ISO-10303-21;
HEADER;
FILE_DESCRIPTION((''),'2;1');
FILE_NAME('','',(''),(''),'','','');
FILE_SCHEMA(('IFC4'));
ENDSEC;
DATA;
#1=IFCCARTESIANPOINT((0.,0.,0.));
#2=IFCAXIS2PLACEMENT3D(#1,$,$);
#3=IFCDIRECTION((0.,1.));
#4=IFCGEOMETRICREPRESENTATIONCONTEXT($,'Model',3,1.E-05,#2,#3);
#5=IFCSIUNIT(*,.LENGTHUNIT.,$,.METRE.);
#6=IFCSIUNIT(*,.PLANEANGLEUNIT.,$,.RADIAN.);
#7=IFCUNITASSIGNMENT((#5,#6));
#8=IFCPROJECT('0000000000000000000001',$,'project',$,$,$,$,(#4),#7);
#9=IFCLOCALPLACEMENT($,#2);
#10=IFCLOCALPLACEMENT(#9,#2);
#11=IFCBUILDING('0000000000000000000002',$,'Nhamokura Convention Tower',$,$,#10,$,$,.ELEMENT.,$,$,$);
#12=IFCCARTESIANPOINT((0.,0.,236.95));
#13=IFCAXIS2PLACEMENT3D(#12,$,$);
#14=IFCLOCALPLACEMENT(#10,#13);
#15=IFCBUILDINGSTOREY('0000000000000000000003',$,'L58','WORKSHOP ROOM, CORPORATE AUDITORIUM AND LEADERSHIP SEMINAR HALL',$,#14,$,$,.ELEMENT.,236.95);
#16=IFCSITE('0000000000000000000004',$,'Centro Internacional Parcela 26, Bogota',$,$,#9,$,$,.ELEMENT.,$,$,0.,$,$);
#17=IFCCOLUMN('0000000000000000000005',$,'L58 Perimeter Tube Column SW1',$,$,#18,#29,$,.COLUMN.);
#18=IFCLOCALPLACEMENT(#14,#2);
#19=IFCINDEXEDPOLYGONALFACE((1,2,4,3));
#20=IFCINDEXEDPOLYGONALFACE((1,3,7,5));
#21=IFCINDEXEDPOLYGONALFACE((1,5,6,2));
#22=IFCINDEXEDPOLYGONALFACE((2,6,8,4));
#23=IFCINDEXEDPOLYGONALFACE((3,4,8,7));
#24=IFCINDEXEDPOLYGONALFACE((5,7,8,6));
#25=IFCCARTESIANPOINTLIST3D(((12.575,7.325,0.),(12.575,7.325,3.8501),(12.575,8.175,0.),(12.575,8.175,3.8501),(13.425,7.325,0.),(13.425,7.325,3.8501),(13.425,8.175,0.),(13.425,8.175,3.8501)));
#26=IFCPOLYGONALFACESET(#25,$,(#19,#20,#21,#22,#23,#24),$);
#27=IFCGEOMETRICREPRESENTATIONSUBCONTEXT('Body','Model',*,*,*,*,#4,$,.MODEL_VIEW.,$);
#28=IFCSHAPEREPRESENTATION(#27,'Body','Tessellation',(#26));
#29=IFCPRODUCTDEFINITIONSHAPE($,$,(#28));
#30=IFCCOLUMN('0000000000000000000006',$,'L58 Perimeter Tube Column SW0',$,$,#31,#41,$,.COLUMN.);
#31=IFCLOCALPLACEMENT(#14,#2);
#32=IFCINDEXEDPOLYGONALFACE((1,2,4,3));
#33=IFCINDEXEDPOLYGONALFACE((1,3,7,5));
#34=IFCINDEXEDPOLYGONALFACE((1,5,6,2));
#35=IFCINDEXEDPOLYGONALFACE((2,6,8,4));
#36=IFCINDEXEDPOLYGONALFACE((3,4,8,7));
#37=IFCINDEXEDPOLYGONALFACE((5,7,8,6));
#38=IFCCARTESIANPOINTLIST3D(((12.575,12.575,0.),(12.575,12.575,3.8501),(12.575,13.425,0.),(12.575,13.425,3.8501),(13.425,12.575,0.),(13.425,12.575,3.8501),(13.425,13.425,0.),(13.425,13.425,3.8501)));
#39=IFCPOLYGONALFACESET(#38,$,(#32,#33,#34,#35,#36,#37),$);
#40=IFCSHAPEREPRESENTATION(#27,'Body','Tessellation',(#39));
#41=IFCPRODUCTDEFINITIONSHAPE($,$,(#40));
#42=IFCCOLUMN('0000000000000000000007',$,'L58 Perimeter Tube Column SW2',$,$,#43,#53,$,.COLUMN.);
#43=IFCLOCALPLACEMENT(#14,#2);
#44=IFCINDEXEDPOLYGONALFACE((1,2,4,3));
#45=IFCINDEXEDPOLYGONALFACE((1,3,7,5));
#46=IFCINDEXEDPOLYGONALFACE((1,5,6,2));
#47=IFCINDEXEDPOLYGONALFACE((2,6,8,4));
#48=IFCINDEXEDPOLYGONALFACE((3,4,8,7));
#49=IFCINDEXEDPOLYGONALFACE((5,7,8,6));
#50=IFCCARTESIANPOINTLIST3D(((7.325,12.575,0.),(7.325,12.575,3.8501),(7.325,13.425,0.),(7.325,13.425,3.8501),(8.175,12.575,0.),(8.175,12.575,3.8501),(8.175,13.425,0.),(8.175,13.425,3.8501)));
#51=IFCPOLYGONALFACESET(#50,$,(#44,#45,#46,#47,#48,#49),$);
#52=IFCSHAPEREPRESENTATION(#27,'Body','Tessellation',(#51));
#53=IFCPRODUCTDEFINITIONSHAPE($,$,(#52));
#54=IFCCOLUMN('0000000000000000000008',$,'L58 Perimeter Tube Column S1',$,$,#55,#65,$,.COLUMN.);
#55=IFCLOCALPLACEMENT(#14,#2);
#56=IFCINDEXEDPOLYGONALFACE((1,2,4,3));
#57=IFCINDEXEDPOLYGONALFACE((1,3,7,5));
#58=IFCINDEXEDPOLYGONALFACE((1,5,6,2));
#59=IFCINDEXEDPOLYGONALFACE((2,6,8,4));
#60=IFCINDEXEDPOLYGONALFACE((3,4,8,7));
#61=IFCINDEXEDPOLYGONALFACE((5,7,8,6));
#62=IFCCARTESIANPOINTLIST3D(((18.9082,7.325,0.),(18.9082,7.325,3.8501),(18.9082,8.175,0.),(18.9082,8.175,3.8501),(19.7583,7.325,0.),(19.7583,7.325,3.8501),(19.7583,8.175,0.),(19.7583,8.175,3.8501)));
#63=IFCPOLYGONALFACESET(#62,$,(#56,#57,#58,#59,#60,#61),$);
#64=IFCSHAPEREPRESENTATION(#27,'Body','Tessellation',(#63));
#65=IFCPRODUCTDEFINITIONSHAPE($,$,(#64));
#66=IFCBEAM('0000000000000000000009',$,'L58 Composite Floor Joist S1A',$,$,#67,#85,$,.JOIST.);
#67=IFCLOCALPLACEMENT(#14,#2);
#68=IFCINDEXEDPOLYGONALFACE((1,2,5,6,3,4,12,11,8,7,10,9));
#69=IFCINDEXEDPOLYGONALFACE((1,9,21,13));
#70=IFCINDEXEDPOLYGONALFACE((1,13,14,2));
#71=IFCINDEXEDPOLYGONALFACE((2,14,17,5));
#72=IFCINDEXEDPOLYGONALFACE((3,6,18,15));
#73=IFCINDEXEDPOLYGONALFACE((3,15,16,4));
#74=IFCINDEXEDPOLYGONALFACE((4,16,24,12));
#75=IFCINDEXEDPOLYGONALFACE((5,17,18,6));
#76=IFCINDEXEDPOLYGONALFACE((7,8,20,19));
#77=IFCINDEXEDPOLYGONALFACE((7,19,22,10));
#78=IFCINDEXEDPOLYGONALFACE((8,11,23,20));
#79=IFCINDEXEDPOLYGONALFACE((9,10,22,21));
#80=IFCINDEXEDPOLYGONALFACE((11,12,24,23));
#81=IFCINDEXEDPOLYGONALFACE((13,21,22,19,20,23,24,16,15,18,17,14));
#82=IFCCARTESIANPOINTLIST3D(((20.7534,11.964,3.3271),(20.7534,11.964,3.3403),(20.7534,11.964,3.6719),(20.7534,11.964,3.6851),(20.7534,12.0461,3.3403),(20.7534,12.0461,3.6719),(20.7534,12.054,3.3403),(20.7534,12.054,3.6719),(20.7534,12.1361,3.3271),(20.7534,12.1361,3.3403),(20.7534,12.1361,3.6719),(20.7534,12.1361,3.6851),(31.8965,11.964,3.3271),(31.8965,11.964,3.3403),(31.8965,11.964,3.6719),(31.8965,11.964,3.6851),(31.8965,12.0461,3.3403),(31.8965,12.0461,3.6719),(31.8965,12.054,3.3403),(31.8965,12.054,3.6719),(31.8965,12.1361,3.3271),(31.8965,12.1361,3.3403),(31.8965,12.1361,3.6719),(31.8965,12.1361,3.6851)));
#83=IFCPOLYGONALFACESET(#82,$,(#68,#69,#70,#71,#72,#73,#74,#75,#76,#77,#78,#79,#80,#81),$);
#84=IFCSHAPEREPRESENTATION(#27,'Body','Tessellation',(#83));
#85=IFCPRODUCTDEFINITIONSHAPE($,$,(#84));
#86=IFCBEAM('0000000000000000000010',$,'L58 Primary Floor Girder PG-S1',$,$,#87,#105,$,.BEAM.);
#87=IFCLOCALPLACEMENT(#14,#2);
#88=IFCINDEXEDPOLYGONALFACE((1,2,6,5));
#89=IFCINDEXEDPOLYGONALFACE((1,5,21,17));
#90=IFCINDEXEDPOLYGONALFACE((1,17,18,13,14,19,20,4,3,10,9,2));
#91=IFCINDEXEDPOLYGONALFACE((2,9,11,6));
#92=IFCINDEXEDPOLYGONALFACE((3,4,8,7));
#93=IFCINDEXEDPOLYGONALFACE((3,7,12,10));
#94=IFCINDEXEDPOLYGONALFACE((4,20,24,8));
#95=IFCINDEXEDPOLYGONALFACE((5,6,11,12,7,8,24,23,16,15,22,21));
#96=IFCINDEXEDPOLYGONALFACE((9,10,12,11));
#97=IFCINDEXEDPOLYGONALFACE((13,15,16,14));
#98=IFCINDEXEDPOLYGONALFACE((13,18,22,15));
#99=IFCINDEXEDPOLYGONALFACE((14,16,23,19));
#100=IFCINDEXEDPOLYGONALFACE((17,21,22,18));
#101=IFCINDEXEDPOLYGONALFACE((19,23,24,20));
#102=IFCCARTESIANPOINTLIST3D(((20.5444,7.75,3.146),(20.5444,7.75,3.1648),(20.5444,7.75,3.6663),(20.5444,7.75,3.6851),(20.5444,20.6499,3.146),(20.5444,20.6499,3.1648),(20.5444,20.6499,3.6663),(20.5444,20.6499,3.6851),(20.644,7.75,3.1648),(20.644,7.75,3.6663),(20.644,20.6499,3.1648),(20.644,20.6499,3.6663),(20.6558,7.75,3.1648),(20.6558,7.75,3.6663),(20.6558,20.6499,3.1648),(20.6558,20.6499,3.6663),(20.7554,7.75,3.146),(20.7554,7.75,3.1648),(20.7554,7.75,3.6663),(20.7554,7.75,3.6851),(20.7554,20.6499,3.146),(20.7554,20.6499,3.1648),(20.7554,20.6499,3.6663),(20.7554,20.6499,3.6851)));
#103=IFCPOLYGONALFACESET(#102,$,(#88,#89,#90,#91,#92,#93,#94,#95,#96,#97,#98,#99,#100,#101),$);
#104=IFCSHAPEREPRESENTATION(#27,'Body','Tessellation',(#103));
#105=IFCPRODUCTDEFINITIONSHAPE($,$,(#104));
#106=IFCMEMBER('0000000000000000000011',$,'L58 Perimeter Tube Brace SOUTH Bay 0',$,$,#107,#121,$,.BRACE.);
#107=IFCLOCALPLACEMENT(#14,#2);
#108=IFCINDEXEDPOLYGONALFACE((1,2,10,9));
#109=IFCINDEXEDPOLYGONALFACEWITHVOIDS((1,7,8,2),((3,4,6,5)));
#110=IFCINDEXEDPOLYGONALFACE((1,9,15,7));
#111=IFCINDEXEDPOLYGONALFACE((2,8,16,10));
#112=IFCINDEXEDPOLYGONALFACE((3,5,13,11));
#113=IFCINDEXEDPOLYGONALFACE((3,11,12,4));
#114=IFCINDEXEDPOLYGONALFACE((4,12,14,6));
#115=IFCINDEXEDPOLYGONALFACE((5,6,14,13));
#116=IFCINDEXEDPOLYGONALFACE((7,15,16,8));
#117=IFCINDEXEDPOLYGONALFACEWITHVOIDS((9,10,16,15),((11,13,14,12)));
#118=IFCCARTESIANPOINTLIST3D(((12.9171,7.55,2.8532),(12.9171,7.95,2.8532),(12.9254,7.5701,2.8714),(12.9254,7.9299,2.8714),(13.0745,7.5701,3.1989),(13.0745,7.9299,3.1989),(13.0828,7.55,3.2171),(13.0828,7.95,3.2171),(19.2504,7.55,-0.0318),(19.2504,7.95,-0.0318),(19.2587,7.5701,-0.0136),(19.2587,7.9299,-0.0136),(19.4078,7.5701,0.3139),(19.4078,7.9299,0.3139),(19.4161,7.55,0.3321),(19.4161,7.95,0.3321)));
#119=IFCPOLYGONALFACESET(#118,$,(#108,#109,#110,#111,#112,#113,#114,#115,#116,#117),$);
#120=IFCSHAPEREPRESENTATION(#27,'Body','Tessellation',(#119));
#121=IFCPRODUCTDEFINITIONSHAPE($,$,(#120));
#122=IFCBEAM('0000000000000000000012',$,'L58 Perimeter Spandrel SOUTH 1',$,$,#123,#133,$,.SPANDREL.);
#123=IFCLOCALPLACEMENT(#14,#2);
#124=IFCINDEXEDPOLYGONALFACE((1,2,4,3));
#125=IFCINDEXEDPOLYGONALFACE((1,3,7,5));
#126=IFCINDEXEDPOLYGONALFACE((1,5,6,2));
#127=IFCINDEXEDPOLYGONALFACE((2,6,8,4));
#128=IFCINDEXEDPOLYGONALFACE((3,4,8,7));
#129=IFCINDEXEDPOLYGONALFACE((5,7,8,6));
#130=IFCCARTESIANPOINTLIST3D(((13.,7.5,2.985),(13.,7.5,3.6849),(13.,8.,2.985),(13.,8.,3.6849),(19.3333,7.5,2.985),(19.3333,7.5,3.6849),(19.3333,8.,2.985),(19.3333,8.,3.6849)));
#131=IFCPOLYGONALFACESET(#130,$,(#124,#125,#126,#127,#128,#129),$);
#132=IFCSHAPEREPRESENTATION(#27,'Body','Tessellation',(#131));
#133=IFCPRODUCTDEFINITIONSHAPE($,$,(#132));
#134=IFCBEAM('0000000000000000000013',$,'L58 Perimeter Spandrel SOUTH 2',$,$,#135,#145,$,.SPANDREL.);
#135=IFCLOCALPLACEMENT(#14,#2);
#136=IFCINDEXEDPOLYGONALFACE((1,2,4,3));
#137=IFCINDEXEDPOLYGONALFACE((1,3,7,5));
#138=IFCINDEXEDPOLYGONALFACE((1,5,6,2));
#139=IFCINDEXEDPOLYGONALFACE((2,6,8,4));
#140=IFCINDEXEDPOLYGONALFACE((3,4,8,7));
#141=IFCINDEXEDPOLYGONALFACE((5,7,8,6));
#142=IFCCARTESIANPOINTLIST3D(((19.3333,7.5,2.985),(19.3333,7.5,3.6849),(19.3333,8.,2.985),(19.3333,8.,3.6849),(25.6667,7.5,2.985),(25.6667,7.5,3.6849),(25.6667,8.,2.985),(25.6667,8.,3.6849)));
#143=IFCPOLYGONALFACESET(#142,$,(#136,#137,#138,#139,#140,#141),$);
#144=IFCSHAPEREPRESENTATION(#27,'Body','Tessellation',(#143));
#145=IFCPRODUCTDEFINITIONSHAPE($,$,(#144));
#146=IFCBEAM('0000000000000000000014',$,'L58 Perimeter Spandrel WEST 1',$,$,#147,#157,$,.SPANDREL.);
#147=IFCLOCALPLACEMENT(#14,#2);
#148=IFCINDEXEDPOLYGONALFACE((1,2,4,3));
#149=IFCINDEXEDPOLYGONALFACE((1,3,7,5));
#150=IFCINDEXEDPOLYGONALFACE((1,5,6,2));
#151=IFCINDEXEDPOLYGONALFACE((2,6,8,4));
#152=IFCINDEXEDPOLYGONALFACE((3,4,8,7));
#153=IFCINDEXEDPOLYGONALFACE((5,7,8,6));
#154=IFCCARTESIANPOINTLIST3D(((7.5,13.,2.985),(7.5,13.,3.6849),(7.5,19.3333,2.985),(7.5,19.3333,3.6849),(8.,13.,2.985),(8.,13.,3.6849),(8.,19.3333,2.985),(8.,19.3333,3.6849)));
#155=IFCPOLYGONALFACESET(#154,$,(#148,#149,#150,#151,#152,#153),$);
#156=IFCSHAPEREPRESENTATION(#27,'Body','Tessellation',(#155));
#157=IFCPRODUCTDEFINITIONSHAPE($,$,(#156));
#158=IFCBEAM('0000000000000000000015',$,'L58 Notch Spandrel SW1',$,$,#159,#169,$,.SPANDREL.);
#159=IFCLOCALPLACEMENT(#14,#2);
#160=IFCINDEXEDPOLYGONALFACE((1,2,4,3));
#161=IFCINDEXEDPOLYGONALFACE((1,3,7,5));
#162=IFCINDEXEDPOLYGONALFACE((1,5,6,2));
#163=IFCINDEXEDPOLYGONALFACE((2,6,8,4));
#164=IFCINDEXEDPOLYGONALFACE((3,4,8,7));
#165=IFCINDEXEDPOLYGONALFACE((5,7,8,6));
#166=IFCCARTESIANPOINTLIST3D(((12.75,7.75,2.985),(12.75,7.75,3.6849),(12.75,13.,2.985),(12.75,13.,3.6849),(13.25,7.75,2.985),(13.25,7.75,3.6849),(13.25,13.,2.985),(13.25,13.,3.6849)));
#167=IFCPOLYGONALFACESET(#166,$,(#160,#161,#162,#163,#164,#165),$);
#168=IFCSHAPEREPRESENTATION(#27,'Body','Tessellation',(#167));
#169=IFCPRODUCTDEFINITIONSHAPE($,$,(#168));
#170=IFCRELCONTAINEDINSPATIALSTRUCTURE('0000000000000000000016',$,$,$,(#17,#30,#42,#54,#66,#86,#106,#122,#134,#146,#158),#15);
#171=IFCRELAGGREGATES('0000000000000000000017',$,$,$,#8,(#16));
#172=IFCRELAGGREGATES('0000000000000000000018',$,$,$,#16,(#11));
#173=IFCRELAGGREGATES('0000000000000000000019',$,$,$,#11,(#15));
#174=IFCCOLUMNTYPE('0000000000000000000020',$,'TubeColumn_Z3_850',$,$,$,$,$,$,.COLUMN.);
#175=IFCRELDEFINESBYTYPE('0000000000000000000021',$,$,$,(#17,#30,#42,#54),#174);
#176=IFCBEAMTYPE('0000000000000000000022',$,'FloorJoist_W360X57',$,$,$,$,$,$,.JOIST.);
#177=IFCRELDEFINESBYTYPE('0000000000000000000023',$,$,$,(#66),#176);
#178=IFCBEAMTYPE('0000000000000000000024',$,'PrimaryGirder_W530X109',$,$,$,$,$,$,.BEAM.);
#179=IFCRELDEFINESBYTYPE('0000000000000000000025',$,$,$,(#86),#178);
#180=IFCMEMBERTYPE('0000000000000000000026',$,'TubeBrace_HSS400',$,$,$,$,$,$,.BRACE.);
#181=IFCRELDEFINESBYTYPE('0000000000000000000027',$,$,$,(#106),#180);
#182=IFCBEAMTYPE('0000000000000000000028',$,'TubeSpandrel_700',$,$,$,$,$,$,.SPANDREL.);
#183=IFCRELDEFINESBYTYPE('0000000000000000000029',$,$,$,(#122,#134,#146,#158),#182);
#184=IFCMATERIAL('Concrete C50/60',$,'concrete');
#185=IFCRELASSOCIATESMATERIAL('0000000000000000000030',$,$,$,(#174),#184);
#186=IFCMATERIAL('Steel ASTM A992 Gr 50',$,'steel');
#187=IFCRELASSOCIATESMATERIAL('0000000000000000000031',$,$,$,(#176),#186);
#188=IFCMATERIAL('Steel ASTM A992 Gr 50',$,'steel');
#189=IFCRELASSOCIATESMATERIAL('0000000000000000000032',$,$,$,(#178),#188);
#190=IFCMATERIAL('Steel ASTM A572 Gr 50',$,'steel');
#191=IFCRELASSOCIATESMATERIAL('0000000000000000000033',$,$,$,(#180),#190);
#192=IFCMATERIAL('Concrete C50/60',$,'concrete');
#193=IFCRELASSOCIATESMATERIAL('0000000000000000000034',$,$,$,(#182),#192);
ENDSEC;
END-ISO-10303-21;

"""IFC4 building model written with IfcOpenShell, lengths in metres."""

from ifc_helpers import new_model, si_unit, direction, frame, origin, origin_2d, place, context, subcontext, project, spatial, rectangle, hollow_rectangle, i_section, extrude, material, material_profile, profile_set, type_object, element, save


model = new_model("IFC4")

# Units and contexts
model_context = context("Model", 3, precision=1e-05, world=origin(), true_north=direction((0.0, 1.0)))
body_context = subcontext(model_context, "Body", "Model", "MODEL_VIEW")
ifc_project = project(units=[si_unit("LENGTHUNIT", "METRE"), si_unit("PLANEANGLEUNIT", "RADIAN")], contexts=[model_context])

# Site, building, storey
site_placement = place(None, origin())
site = spatial("IfcSite", under=ifc_project, at=site_placement, Name="Centro Internacional Parcela 26, Bogota", CompositionType="ELEMENT", RefElevation=0.0)
building_placement = place(site_placement, origin())
building = spatial("IfcBuilding", under=site, at=building_placement, Name="Nhamokura Convention Tower", CompositionType="ELEMENT")
storey_placement = place(building_placement, frame((0.0, 0.0, 236.95)))
storey = spatial("IfcBuildingStorey", under=building, at=storey_placement, Name="L58", Description="WORKSHOP ROOM, CORPORATE AUDITORIUM AND LEADERSHIP SEMINAR HALL", CompositionType="ELEMENT", Elevation=236.95)

# Columns
ifc_material_1 = material(Name="Concrete C50/60", Category="concrete")
ifc_material_profile_1 = material_profile(ifc_material_1, rectangle(XDim=0.8501, YDim=0.8501, at=origin_2d()))
ifc_profile_set_1 = profile_set([ifc_material_profile_1], Name="Concrete C50/60")
column_type = type_object("IfcColumnType", Name="TubeColumn_Z3_850", PredefinedType="COLUMN", material=ifc_profile_set_1)
for number, where, z_axis, x_axis, name in (
    (1, (13.0, 7.75, 0.0), (0.0, 0.0, 1.0), (1.0, 0.0, 0.0), "L58 Perimeter Tube Column SW1"),
    (2, (13.0, 13.0, 0.0), (0.0, 0.0, 1.0), (1.0, 0.0, 0.0), "L58 Perimeter Tube Column SW0"),
    (3, (7.75, 13.0, 0.0), (0.0, 0.0, 1.0), (1.0, 0.0, 0.0), "L58 Perimeter Tube Column SW2"),
    (4, (19.3333, 7.75, 0.0), (0.0, 0.0, 1.0), (1.0, 0.0, 0.0), "L58 Perimeter Tube Column S1"),
):
    element("IfcColumn", number, at=place(storey_placement, frame(where, z_axis=z_axis, x_axis=x_axis)), inside=storey, type_object=column_type, Name=name, PredefinedType="COLUMN", context=body_context, shape_type="SweptSolid", body=[
        extrude(rectangle(XDim=0.8501, YDim=0.8501, at=origin_2d()), origin(), (0.0, 0.0, 1.0), 3.8501),
    ])

# Beams
ifc_material_2 = material(Name="Steel ASTM A992 Gr 50", Category="steel")
ifc_material_profile_2 = material_profile(ifc_material_2, i_section(OverallWidth=0.1721, OverallDepth=0.3579, WebThickness=0.0078, FlangeThickness=0.0132, at=origin_2d()))
ifc_profile_set_2 = profile_set([ifc_material_profile_2], Name="Steel ASTM A992 Gr 50")
beam_type_1 = type_object("IfcBeamType", Name="FloorJoist_W360X57", PredefinedType="JOIST", material=ifc_profile_set_2)
beam_1_placement = place(storey_placement, frame((20.7534, 12.05, 3.5061), z_axis=(1.0, 0.0, 0.0), x_axis=(0.0, 1.0, 0.0)))
element("IfcBeam", 5, at=beam_1_placement, inside=storey, type_object=beam_type_1, Name="L58 Composite Floor Joist S1A", PredefinedType="JOIST", context=body_context, shape_type="SweptSolid", body=[
    extrude(i_section(OverallWidth=0.1721, OverallDepth=0.3579, WebThickness=0.0078, FlangeThickness=0.0132, at=origin_2d()), origin(), (0.0, 0.0, 1.0), 11.1431),
])
ifc_material_3 = material(Name="Steel ASTM A992 Gr 50", Category="steel")
ifc_material_profile_3 = material_profile(ifc_material_3, i_section(OverallWidth=0.2109, OverallDepth=0.5391, WebThickness=0.0117, FlangeThickness=0.0188, at=origin_2d()))
ifc_profile_set_3 = profile_set([ifc_material_profile_3], Name="Steel ASTM A992 Gr 50")
beam_type_2 = type_object("IfcBeamType", Name="PrimaryGirder_W530X109", PredefinedType="BEAM", material=ifc_profile_set_3)
beam_2_placement = place(storey_placement, frame((20.6499, 7.75, 3.4155), z_axis=(0.0, 1.0, 0.0), x_axis=(-1.0, 0.0, 0.0)))
element("IfcBeam", 6, at=beam_2_placement, inside=storey, type_object=beam_type_2, Name="L58 Primary Floor Girder PG-S1", PredefinedType="BEAM", context=body_context, shape_type="SweptSolid", body=[
    extrude(i_section(OverallWidth=0.2109, OverallDepth=0.5391, WebThickness=0.0117, FlangeThickness=0.0188, at=origin_2d()), origin(), (0.0, 0.0, 1.0), 12.8999),
])

# Member
ifc_material_4 = material(Name="Steel ASTM A572 Gr 50", Category="steel")
ifc_material_profile_4 = material_profile(ifc_material_4, hollow_rectangle(XDim=0.3999, YDim=0.3999, WallThickness=0.02, at=origin_2d()))
ifc_profile_set_4 = profile_set([ifc_material_profile_4], Name="Steel ASTM A572 Gr 50")
member_type = type_object("IfcMemberType", Name="TubeBrace_HSS400", PredefinedType="BRACE", material=ifc_profile_set_4)
member_placement = place(storey_placement, frame((19.3333, 7.75, 0.1501), z_axis=(-0.910027, 0.0, 0.414548), x_axis=(0.0, -1.0, 0.0)))
element("IfcMember", 7, at=member_placement, inside=storey, type_object=member_type, Name="L58 Perimeter Tube Brace SOUTH Bay 0", PredefinedType="BRACE", context=body_context, shape_type="SweptSolid", body=[
    extrude(hollow_rectangle(XDim=0.3999, YDim=0.3999, WallThickness=0.02, at=origin_2d()), origin(), (0.0, 0.0, 1.0), 6.9595),
])

# Beams
ifc_material_5 = material(Name="Concrete C50/60", Category="concrete")
ifc_material_profile_5 = material_profile(ifc_material_5, rectangle(XDim=0.5, YDim=0.7, at=origin_2d()))
ifc_profile_set_5 = profile_set([ifc_material_profile_5], Name="Concrete C50/60")
beam_type_3 = type_object("IfcBeamType", Name="TubeSpandrel_700", PredefinedType="SPANDREL", material=ifc_profile_set_5)
beam_3_placement = place(storey_placement, frame((13.0, 7.75, 3.335), z_axis=(1.0, 0.0, 0.0), x_axis=(0.0, 1.0, 0.0)))
element("IfcBeam", 8, at=beam_3_placement, inside=storey, type_object=beam_type_3, Name="L58 Perimeter Spandrel SOUTH 1", PredefinedType="SPANDREL", context=body_context, shape_type="SweptSolid", body=[
    extrude(rectangle(XDim=0.5, YDim=0.7, at=origin_2d()), origin(), (0.0, 0.0, 1.0), 6.3333),
])
beam_4_placement = place(storey_placement, frame((19.3333, 7.75, 3.335), z_axis=(1.0, 0.0, 0.0), x_axis=(0.0, 1.0, 0.0)))
element("IfcBeam", 9, at=beam_4_placement, inside=storey, type_object=beam_type_3, Name="L58 Perimeter Spandrel SOUTH 2", PredefinedType="SPANDREL", context=body_context, shape_type="SweptSolid", body=[
    extrude(rectangle(XDim=0.5, YDim=0.7, at=origin_2d()), origin(), (0.0, 0.0, 1.0), 6.3335),
])
beam_5_placement = place(storey_placement, frame((7.75, 13.0, 3.335), z_axis=(0.0, 1.0, 0.0), x_axis=(-1.0, 0.0, 0.0)))
element("IfcBeam", 10, at=beam_5_placement, inside=storey, type_object=beam_type_3, Name="L58 Perimeter Spandrel WEST 1", PredefinedType="SPANDREL", context=body_context, shape_type="SweptSolid", body=[
    extrude(rectangle(XDim=0.5, YDim=0.7, at=origin_2d()), origin(), (0.0, 0.0, 1.0), 6.3333),
])
beam_6_placement = place(storey_placement, frame((13.0, 7.75, 3.335), z_axis=(0.0, 1.0, 0.0), x_axis=(-1.0, 0.0, 0.0)))
element("IfcBeam", 11, at=beam_6_placement, inside=storey, type_object=beam_type_3, Name="L58 Notch Spandrel SW1", PredefinedType="SPANDREL", context=body_context, shape_type="SweptSolid", body=[
    extrude(rectangle(XDim=0.5, YDim=0.7, at=origin_2d()), origin(), (0.0, 0.0, 1.0), 5.25),
])

save(model, "model.ifc")
